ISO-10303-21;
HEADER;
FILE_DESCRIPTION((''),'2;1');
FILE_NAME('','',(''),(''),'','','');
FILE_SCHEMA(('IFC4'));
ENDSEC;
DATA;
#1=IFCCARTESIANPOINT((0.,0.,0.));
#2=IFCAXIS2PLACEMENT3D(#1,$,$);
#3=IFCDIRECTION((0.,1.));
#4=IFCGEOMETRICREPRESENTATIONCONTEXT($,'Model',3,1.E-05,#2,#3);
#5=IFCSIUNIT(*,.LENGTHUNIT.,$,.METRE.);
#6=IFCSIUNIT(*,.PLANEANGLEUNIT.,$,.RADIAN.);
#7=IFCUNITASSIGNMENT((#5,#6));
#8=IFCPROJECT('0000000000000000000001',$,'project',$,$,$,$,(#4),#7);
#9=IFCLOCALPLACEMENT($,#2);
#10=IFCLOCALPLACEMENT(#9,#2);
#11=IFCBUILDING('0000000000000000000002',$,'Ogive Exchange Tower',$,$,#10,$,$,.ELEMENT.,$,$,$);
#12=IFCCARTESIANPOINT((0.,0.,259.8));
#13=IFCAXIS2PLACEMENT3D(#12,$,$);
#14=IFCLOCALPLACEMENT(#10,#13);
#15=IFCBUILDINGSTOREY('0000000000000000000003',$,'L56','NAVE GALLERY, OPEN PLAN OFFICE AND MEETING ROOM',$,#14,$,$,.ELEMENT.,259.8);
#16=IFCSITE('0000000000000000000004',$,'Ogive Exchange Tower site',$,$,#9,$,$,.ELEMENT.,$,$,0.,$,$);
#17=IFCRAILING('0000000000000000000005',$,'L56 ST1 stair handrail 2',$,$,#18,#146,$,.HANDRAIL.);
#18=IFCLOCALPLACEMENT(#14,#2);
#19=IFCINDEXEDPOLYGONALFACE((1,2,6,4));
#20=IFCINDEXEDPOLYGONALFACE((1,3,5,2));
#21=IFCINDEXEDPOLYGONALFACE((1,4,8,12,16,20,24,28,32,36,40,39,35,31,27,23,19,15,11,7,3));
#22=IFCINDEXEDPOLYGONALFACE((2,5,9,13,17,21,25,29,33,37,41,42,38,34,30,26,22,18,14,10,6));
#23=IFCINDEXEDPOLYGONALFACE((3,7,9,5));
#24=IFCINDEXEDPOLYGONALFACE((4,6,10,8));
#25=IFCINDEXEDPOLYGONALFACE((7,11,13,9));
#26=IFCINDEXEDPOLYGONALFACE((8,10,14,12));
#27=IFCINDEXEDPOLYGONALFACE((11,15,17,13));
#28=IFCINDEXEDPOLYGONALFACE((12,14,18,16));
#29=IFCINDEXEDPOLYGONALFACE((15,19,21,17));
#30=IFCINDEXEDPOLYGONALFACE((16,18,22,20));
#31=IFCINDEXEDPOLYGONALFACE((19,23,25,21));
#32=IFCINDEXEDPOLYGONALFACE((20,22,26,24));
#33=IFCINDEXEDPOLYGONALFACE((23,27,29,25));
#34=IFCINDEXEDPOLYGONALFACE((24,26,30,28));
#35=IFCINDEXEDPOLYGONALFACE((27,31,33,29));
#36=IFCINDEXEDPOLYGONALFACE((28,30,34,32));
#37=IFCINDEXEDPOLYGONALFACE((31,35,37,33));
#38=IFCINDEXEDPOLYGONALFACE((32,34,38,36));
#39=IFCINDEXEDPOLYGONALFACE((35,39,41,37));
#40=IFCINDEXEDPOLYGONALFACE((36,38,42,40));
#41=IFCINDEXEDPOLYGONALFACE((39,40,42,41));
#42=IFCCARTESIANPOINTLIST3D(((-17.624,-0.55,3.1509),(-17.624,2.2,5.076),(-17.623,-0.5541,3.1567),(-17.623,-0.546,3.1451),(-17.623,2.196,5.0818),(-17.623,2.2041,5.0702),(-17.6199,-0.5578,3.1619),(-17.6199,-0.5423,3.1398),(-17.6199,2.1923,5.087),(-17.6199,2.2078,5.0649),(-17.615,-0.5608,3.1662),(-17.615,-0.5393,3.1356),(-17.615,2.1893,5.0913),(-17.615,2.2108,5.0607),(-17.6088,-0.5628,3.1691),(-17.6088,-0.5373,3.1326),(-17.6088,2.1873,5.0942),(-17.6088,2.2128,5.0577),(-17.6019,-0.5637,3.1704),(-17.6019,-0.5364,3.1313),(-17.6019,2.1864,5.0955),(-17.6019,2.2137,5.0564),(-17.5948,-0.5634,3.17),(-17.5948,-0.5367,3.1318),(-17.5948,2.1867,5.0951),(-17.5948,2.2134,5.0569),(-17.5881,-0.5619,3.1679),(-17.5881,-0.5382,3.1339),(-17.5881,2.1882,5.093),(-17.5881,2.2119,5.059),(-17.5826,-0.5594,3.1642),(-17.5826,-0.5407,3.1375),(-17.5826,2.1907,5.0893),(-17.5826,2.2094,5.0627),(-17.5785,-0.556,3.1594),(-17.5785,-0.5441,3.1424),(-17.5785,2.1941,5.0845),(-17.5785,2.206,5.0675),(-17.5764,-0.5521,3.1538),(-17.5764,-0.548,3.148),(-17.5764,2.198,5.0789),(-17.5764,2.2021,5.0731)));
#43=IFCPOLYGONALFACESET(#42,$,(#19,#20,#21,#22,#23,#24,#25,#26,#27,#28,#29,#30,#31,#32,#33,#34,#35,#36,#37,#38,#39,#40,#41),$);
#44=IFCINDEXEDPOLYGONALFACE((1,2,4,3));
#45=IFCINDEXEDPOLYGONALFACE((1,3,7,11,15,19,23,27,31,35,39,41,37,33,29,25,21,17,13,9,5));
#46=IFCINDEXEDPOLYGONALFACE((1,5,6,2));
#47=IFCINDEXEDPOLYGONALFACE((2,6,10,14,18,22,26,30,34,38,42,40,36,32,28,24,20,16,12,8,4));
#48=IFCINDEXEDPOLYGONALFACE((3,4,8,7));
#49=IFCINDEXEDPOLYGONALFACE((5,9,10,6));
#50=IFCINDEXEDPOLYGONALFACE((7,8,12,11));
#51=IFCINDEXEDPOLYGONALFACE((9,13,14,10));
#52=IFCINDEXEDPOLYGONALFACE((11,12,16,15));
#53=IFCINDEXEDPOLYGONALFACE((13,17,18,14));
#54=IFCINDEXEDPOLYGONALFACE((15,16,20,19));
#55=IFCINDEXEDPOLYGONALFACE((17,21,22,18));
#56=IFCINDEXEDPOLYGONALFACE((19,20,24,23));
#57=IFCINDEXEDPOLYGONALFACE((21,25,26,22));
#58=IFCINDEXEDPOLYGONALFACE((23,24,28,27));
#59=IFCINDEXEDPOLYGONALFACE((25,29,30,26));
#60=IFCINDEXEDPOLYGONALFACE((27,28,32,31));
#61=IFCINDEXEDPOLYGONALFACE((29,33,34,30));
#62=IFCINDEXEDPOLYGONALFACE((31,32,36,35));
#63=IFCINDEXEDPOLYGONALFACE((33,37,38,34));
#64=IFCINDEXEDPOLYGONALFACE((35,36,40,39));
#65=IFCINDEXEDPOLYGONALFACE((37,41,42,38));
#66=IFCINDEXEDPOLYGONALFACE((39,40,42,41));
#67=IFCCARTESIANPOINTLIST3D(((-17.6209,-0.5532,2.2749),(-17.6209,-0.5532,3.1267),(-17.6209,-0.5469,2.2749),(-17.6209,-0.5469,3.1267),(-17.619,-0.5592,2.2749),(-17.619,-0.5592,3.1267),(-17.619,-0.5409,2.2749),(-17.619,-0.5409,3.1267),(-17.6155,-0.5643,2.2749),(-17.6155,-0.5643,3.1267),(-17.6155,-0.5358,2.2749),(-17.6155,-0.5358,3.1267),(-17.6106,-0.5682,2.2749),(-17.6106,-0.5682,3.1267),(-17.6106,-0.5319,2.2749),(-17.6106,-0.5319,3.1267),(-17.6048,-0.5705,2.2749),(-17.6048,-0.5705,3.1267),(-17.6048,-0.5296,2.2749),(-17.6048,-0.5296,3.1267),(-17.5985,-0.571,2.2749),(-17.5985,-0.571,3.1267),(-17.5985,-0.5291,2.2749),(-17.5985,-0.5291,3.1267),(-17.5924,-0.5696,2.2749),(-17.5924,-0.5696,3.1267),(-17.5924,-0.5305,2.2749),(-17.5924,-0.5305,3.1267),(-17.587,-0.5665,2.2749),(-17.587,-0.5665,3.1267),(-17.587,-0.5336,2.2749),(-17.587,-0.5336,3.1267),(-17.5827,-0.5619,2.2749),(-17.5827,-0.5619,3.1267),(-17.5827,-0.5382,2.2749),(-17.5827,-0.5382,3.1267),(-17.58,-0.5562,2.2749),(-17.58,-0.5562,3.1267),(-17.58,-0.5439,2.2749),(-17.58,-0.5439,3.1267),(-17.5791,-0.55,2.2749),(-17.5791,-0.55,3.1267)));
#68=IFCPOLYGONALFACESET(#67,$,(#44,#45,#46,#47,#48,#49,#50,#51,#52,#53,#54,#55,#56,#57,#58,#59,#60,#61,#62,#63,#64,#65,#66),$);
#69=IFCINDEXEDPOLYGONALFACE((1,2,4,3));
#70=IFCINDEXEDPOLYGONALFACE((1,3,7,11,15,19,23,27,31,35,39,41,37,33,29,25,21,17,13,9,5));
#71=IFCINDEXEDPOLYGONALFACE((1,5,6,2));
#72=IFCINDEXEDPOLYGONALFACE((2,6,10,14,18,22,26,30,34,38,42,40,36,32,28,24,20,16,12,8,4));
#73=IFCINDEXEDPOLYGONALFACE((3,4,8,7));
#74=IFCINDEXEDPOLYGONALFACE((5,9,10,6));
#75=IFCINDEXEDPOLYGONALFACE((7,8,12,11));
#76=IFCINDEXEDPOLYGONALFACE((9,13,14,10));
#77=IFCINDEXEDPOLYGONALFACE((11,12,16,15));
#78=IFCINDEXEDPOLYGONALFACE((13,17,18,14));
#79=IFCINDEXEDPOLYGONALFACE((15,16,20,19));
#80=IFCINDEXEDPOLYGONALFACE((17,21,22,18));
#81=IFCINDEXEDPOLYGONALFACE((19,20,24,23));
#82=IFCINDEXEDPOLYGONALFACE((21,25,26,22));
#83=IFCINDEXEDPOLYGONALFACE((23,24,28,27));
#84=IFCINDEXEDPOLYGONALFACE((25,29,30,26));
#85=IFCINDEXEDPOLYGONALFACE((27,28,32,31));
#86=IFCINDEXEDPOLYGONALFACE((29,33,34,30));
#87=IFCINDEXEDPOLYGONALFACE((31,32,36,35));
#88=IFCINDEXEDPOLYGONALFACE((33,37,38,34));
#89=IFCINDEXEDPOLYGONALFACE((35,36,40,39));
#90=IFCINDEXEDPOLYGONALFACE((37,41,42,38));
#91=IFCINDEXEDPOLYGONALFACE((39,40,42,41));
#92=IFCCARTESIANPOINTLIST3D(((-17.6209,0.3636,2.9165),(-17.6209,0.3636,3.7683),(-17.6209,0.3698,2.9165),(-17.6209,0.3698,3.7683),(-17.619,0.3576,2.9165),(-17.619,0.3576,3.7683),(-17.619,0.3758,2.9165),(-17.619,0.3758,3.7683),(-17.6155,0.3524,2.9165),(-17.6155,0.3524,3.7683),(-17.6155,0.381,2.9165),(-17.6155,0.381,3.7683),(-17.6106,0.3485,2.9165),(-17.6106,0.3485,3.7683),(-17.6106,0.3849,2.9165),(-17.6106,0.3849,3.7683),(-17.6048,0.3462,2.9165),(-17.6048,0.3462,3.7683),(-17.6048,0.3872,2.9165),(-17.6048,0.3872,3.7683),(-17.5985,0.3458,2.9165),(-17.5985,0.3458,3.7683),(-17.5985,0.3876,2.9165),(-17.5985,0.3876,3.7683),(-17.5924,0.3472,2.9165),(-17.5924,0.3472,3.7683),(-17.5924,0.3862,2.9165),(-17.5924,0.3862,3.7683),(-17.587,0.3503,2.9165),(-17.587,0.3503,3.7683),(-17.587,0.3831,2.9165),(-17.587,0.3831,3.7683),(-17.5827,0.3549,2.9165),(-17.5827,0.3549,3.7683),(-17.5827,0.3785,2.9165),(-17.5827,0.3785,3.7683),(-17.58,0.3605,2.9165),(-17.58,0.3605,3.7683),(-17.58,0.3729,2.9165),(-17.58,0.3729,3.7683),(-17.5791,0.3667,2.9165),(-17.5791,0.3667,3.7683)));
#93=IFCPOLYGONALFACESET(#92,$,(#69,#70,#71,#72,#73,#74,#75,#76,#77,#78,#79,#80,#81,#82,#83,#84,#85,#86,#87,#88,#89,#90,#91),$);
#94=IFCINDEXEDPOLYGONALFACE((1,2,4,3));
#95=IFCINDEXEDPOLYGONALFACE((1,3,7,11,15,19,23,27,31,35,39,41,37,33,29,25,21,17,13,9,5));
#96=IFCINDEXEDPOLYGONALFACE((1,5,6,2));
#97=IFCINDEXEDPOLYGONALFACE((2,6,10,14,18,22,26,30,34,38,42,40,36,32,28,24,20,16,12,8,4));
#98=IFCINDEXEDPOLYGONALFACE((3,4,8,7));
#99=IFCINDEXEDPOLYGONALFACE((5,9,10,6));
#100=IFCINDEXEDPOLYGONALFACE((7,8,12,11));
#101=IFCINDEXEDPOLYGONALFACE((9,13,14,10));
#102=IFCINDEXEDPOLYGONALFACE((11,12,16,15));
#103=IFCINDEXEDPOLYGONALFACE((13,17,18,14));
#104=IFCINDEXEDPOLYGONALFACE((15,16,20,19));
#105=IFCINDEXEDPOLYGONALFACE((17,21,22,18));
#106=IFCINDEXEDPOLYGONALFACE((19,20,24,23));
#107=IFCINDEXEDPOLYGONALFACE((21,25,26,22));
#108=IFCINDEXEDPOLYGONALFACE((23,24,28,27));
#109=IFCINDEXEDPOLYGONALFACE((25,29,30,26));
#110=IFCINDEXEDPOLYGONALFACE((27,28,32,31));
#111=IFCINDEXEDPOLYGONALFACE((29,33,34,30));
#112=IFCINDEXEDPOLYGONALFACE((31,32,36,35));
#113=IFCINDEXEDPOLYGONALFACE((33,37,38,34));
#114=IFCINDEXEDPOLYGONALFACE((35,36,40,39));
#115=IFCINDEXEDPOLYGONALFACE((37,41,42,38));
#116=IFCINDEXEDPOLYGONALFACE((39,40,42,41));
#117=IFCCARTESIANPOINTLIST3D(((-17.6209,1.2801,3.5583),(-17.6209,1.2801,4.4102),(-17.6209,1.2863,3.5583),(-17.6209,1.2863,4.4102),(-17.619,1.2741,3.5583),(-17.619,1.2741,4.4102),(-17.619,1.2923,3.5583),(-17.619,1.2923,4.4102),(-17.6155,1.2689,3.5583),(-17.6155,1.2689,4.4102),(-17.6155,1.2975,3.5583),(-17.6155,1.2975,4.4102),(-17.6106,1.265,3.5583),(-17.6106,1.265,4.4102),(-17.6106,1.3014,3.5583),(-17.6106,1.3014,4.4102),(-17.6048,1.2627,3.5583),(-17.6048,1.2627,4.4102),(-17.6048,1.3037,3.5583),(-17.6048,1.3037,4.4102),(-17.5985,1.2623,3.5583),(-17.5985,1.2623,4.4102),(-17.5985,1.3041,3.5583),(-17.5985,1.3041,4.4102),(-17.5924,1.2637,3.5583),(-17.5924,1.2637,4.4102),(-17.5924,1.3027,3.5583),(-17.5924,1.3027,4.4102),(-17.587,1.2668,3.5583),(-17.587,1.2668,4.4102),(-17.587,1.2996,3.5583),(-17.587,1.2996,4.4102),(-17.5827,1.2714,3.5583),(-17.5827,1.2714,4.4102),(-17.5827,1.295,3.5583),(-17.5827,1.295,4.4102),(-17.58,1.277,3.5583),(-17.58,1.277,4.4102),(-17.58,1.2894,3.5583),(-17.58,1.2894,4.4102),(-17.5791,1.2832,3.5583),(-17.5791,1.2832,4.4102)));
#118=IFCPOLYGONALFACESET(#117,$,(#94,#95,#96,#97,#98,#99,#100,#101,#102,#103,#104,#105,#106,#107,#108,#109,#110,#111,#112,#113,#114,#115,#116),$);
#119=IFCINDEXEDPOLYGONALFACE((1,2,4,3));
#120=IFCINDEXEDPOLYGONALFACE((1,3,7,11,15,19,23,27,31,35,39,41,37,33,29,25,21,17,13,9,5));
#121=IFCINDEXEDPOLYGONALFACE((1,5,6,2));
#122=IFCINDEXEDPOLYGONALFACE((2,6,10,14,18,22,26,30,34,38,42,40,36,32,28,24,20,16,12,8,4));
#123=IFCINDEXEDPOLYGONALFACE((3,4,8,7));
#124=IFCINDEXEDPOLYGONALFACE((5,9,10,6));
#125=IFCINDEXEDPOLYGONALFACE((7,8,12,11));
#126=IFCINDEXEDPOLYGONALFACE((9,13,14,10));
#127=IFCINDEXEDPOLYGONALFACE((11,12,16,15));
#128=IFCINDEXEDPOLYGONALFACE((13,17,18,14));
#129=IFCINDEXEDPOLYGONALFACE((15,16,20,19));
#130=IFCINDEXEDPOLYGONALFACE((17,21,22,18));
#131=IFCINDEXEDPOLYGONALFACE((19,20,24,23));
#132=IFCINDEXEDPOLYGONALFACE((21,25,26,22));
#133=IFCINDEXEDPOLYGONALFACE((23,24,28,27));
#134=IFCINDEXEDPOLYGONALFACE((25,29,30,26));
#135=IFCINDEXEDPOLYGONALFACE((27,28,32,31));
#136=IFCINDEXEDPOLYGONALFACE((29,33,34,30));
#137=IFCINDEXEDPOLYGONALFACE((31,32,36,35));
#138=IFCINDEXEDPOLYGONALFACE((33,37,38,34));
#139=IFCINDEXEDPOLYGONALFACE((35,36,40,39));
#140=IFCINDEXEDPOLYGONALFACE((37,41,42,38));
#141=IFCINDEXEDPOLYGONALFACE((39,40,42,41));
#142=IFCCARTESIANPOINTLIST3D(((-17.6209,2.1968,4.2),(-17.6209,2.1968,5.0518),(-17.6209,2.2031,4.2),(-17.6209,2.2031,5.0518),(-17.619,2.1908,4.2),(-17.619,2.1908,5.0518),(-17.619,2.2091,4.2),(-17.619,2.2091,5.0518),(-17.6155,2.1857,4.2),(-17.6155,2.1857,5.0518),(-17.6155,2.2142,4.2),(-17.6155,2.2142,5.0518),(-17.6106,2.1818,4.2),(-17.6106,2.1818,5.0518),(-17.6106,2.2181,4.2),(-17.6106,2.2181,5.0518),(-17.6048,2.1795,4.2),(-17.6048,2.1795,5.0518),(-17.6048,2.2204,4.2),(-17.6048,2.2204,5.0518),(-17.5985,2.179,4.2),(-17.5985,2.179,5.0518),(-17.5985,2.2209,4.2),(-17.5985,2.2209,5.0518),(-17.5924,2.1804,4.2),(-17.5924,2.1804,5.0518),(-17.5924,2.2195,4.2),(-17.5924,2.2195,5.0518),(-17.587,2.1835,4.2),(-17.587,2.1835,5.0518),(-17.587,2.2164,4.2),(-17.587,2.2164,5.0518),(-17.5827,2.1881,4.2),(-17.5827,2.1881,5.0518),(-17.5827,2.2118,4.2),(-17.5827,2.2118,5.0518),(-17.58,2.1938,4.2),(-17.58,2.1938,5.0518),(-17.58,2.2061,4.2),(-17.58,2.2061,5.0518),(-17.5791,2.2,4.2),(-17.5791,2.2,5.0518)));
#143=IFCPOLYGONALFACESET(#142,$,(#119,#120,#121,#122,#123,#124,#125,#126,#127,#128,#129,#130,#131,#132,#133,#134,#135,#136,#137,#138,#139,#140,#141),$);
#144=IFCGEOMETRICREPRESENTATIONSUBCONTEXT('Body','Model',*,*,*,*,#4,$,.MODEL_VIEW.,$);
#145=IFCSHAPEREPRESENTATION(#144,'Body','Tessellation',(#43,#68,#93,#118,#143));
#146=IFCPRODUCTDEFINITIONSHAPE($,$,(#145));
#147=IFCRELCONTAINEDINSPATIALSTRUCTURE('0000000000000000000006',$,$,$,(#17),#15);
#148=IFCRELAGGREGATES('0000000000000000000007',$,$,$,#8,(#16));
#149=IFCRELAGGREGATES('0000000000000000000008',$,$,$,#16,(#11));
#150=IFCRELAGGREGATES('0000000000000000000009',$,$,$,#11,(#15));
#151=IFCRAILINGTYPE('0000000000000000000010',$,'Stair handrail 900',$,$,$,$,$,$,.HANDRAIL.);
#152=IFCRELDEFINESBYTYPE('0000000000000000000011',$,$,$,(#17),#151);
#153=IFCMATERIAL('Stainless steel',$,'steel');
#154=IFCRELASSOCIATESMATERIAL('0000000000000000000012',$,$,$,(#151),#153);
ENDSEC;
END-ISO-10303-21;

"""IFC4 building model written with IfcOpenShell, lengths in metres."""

from ifc_helpers import new_model, si_unit, direction, frame, origin, origin_2d, place, context, subcontext, project, spatial, circle, extrude, material, type_object, element, save


model = new_model("IFC4")

# Units and contexts
model_context = context("Model", 3, precision=1e-05, world=origin(), true_north=direction((0.0, 1.0)))
body_context = subcontext(model_context, "Body", "Model", "MODEL_VIEW")
ifc_project = project(units=[si_unit("LENGTHUNIT", "METRE"), si_unit("PLANEANGLEUNIT", "RADIAN")], contexts=[model_context])

# Site, building, storey
site_placement = place(None, origin())
site = spatial("IfcSite", under=ifc_project, at=site_placement, Name="Ogive Exchange Tower site", CompositionType="ELEMENT", RefElevation=0.0)
building_placement = place(site_placement, origin())
building = spatial("IfcBuilding", under=site, at=building_placement, Name="Ogive Exchange Tower", CompositionType="ELEMENT")
storey_placement = place(building_placement, frame((0.0, 0.0, 259.8)))
storey = spatial("IfcBuildingStorey", under=building, at=storey_placement, Name="L56", Description="NAVE GALLERY, OPEN PLAN OFFICE AND MEETING ROOM", CompositionType="ELEMENT", Elevation=259.8)

# Shared definitions
ifc_material_1 = material(Name="Stainless steel", Category="steel")

# Railing
railing_type = type_object("IfcRailingType", Name="Stair handrail 900", PredefinedType="HANDRAIL", material=ifc_material_1)
railing_placement = place(storey_placement, frame((-17.6001, -0.55, 2.2749)))
element("IfcRailing", 1, at=railing_placement, inside=storey, type_object=railing_type, Name="L56 ST1 stair handrail 2", PredefinedType="HANDRAIL", context=body_context, shape_type="SweptSolid", body=[
    extrude(circle(Radius=0.0239, at=origin_2d()), frame((0.0, 0.0, 0.876), z_axis=(0.0, 0.819225, 0.573472), x_axis=(-1.0, 0.0, 0.0)), (0.0, 0.0, 1.0), 3.3569),
    extrude(circle(Radius=0.021, at=origin_2d()), origin(), (0.0, 0.0, 1.0), 0.8518),
    extrude(circle(Radius=0.021, at=origin_2d()), frame((0.0, 0.9167, 0.6416)), (0.0, 0.0, 1.0), 0.8518),
    extrude(circle(Radius=0.021, at=origin_2d()), frame((0.0, 1.8333, 1.2834)), (0.0, 0.0, 1.0), 0.8518),
    extrude(circle(Radius=0.021, at=origin_2d()), frame((0.0, 2.75, 1.925)), (0.0, 0.0, 1.0), 0.8518),
])

save(model, "model.ifc")
